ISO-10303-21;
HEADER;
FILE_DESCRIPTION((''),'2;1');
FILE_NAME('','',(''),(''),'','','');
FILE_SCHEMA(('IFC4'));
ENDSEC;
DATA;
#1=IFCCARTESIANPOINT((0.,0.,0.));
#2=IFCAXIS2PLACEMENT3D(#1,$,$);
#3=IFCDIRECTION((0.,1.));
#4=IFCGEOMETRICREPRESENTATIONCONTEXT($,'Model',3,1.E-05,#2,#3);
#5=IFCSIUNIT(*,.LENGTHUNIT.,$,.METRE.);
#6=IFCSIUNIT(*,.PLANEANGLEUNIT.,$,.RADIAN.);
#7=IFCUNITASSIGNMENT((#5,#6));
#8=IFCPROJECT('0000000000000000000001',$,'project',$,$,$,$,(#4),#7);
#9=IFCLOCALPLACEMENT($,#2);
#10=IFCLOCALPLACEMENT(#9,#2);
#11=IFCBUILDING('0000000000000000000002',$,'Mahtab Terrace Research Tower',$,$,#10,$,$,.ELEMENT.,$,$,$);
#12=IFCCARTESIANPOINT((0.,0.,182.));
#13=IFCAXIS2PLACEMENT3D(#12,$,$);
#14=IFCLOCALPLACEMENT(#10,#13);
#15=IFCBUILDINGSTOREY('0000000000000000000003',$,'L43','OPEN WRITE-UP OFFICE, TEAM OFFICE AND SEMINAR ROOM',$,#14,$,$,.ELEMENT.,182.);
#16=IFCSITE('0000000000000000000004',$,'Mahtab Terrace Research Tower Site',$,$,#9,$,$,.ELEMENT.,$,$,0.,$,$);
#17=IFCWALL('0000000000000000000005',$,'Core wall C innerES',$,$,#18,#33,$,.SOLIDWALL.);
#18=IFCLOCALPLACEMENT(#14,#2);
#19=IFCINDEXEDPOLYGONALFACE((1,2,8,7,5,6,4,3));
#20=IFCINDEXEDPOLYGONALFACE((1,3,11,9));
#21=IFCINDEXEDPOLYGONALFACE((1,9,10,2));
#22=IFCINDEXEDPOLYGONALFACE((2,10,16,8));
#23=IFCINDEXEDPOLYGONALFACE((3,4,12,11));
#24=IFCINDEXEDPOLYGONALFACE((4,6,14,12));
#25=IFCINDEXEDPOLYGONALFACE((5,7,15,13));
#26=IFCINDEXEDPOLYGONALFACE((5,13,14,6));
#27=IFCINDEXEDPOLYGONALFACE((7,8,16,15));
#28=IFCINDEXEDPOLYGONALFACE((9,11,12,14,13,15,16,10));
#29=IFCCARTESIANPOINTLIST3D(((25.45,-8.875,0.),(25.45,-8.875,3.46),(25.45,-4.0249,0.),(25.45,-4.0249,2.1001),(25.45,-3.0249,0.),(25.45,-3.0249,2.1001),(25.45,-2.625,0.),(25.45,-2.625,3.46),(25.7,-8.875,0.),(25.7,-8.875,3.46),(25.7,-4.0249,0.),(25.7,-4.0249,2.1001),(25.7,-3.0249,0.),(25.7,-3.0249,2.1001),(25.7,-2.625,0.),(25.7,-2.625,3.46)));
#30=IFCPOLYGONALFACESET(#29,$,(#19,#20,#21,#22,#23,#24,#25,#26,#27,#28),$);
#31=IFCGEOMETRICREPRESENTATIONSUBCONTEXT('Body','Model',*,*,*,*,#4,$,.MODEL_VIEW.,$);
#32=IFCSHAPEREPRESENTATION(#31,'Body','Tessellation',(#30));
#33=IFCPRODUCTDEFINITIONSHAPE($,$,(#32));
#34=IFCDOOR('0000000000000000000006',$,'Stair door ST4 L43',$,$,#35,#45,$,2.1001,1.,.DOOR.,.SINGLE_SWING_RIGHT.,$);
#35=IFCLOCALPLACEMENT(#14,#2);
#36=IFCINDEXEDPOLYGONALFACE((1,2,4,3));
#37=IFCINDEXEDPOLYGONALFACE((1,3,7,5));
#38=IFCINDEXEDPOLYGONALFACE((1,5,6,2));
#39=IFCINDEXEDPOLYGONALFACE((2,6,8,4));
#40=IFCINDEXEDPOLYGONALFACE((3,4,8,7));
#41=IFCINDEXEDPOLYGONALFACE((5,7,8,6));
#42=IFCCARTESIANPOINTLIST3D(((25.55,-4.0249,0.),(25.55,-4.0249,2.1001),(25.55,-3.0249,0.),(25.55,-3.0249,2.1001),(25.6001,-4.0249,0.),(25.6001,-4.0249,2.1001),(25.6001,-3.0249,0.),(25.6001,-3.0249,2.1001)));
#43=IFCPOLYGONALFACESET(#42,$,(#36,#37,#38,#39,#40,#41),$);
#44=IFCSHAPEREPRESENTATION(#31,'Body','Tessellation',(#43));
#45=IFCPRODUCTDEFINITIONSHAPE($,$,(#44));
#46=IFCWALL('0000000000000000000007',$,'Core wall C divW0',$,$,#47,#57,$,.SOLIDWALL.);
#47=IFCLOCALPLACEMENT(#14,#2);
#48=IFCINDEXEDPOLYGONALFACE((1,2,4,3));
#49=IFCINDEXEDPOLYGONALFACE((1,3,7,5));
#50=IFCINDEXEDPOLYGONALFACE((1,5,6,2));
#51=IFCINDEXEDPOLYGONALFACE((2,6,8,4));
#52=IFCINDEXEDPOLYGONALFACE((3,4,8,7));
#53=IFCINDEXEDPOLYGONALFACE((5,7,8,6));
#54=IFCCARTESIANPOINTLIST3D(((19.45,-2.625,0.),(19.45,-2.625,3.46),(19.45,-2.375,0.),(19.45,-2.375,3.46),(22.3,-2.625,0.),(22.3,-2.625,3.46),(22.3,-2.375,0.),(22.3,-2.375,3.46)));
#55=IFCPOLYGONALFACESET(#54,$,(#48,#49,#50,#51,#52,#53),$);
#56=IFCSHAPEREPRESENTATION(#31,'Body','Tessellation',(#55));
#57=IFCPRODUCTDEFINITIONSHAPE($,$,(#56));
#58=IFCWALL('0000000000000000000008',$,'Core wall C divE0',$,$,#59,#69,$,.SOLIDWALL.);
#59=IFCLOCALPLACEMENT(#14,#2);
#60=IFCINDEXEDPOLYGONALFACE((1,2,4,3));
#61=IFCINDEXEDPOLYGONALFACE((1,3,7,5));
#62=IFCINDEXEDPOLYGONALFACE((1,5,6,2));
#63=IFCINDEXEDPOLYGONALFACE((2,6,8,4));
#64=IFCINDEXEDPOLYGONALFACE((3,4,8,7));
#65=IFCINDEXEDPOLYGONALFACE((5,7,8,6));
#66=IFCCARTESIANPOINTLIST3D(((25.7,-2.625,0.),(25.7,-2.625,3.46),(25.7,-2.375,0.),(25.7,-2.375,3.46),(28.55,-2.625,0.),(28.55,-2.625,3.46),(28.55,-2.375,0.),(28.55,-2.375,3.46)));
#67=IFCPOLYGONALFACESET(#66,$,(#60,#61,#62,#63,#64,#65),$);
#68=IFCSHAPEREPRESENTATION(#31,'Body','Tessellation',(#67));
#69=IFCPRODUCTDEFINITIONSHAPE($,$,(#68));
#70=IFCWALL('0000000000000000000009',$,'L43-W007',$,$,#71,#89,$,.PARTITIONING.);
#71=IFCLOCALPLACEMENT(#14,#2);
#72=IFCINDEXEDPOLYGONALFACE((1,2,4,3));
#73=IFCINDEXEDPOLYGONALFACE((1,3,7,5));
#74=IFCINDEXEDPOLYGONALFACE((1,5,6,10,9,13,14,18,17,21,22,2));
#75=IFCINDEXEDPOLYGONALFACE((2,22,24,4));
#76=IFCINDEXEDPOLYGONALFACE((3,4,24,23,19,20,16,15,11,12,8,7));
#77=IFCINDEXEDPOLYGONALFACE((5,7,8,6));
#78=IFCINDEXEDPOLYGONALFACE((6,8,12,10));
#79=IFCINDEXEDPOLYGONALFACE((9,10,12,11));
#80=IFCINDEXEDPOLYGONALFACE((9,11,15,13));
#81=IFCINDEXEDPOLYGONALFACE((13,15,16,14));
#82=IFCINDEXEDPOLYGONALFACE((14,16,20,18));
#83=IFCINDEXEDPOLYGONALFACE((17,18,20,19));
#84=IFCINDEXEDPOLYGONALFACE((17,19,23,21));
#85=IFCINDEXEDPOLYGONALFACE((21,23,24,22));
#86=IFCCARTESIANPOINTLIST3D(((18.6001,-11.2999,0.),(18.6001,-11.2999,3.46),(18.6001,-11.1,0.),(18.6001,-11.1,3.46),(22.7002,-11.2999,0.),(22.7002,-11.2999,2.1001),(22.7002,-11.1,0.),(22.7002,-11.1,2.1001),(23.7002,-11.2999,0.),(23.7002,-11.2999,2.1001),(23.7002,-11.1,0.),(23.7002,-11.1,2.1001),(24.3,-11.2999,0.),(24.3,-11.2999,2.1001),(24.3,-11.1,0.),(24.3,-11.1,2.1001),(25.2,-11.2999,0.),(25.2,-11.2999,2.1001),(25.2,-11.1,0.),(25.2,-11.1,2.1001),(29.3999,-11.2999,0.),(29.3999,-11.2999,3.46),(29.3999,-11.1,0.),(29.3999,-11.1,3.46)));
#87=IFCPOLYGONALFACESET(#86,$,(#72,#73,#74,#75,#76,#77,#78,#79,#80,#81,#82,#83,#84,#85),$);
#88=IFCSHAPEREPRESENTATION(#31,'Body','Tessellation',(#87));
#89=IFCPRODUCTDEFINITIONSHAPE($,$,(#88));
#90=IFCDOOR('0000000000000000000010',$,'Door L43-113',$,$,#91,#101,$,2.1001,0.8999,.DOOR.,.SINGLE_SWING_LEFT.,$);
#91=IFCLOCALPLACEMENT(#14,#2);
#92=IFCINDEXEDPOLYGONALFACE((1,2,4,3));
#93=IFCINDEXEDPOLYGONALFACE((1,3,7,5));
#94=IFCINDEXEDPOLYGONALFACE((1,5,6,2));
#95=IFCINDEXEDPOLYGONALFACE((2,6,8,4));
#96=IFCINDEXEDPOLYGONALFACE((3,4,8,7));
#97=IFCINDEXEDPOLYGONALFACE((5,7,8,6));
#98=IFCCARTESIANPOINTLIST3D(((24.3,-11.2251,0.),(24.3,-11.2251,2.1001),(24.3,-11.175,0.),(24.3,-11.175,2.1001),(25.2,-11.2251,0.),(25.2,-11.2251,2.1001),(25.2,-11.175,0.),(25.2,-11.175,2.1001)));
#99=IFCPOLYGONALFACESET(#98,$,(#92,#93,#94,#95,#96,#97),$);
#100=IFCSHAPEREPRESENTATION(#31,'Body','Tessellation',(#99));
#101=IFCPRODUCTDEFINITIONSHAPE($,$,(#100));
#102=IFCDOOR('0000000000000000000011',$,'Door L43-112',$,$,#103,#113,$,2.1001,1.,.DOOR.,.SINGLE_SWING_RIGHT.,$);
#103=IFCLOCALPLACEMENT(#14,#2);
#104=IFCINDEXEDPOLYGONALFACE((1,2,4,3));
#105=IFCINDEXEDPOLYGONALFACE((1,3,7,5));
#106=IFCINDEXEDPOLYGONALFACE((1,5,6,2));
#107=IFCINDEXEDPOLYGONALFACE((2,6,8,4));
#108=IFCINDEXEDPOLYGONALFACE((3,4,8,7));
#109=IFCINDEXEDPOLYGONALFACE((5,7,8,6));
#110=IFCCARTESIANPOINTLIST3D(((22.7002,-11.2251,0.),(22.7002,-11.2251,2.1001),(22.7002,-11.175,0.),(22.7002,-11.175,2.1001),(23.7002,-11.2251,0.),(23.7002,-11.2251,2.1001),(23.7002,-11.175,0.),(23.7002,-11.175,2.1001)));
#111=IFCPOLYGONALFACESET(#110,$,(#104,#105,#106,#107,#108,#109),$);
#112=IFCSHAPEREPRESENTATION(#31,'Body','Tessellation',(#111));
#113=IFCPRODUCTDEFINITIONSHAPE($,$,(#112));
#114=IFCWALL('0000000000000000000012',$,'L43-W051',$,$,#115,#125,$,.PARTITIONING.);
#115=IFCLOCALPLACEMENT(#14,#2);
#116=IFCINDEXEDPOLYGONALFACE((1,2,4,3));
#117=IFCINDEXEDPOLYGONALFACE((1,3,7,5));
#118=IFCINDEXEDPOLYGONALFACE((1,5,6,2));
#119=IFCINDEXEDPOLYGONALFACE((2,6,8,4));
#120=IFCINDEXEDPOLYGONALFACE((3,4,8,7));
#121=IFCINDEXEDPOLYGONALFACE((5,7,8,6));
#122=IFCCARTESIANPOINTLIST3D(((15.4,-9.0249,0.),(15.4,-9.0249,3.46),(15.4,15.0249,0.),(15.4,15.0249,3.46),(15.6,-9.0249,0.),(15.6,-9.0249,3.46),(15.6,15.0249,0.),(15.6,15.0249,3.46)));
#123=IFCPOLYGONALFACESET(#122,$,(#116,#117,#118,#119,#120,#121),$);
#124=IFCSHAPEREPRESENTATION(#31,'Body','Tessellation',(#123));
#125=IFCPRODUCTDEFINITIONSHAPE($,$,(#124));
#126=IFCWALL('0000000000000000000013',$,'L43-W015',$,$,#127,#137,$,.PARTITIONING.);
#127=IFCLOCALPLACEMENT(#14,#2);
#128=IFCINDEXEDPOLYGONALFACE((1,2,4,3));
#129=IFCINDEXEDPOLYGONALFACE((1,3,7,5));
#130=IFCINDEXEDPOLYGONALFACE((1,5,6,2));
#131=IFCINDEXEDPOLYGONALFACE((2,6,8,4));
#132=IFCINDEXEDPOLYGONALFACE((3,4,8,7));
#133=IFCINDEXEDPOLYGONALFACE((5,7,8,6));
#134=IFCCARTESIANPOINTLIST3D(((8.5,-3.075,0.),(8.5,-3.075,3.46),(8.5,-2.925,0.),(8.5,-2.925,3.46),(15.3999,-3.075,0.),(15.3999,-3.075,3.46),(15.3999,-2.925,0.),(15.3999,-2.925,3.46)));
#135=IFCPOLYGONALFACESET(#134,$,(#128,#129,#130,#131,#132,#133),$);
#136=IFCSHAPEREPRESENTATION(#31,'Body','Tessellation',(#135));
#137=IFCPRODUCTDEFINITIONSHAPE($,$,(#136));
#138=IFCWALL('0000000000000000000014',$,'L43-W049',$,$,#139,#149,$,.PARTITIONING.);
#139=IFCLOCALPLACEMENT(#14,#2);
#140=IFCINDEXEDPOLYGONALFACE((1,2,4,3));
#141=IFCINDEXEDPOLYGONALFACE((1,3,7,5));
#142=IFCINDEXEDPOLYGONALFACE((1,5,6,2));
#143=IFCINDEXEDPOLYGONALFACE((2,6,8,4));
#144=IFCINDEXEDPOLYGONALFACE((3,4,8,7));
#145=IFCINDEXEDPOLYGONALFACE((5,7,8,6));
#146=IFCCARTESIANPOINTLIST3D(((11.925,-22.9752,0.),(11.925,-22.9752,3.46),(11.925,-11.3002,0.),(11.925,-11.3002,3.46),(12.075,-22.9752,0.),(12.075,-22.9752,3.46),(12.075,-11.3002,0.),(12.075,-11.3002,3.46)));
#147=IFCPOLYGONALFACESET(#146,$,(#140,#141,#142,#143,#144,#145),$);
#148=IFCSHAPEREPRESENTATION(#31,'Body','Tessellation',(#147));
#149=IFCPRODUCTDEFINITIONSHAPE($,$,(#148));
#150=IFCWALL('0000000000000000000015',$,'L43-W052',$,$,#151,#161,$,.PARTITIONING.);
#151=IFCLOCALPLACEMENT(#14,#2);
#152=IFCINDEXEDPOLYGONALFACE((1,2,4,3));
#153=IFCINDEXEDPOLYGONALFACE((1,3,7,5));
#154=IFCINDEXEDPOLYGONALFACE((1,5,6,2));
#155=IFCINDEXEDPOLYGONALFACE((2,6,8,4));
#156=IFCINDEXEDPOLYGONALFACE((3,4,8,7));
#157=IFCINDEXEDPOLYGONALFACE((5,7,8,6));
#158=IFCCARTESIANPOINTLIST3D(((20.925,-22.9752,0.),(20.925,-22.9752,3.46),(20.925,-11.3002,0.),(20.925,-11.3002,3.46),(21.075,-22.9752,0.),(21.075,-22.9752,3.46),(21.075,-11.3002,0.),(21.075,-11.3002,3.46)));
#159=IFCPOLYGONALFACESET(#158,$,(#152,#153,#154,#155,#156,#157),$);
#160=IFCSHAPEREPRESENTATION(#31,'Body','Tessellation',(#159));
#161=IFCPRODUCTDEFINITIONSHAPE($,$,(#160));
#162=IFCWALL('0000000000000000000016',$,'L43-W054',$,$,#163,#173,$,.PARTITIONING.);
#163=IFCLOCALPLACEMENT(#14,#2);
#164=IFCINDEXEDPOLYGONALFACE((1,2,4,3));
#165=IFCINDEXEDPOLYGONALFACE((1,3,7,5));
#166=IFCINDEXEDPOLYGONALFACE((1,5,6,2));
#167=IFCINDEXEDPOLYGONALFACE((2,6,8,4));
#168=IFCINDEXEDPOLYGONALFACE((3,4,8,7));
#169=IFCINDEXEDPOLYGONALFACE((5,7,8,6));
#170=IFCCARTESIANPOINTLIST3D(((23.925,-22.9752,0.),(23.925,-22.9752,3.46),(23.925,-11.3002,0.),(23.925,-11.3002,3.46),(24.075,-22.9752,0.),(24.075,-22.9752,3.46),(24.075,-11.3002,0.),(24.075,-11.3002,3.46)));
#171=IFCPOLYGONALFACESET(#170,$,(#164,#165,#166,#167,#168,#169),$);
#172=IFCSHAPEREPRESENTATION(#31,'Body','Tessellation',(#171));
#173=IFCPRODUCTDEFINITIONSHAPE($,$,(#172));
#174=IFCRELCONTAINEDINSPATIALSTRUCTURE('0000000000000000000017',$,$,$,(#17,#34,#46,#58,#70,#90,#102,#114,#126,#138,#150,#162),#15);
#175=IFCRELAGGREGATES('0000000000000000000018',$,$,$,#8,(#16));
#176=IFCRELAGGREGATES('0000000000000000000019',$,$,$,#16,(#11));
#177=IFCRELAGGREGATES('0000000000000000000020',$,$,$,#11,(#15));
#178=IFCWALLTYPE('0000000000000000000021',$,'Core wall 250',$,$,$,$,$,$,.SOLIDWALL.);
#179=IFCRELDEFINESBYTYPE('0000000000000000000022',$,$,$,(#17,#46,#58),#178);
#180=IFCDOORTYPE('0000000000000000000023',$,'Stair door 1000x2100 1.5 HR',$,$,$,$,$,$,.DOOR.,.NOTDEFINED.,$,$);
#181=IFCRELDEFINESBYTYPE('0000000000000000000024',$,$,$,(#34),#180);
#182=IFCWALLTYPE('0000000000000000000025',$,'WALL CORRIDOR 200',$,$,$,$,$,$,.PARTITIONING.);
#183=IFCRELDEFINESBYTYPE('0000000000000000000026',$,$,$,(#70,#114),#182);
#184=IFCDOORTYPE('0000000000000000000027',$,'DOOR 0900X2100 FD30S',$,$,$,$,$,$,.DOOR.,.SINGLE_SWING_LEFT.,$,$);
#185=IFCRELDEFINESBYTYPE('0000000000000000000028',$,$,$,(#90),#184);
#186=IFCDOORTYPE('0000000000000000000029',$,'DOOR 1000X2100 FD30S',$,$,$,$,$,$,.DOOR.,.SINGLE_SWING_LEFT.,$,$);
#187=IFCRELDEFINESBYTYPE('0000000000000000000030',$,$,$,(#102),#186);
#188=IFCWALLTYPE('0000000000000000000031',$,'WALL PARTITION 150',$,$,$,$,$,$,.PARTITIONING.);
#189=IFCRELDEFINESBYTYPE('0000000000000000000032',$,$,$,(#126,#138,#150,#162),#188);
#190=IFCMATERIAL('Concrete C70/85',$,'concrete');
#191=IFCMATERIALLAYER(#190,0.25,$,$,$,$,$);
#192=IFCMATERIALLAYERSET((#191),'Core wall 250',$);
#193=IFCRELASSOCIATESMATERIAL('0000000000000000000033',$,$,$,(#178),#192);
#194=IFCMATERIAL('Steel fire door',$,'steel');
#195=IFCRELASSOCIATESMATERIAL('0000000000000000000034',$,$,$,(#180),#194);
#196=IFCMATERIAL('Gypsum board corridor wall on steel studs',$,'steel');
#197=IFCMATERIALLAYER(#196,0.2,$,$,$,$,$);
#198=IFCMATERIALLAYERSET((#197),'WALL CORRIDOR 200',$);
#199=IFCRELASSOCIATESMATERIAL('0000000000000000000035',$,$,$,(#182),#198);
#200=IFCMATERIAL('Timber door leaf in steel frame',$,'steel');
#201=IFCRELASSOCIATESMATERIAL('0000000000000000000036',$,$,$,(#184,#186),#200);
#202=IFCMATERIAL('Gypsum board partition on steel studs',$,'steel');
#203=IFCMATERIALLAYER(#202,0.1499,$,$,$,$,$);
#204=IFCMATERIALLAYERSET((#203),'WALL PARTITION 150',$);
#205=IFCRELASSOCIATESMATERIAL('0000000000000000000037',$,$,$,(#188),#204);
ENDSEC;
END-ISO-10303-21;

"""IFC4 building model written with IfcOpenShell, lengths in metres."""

from ifc_helpers import new_model, si_unit, direction, frame, frame_2d, origin, place, context, subcontext, project, spatial, rectangle, extrude, material, layer, layer_set, type_object, element, fill, save


model = new_model("IFC4")

# Units and contexts
model_context = context("Model", 3, precision=1e-05, world=origin(), true_north=direction((0.0, 1.0)))
body_context = subcontext(model_context, "Body", "Model", "MODEL_VIEW")
ifc_project = project(units=[si_unit("LENGTHUNIT", "METRE"), si_unit("PLANEANGLEUNIT", "RADIAN")], contexts=[model_context])

# Site, building, storey
site_placement = place(None, origin())
site = spatial("IfcSite", under=ifc_project, at=site_placement, Name="Mahtab Terrace Research Tower Site", CompositionType="ELEMENT", RefElevation=0.0)
building_placement = place(site_placement, origin())
building = spatial("IfcBuilding", under=site, at=building_placement, Name="Mahtab Terrace Research Tower", CompositionType="ELEMENT")
storey_placement = place(building_placement, frame((0.0, 0.0, 182.0)))
storey = spatial("IfcBuildingStorey", under=building, at=storey_placement, Name="L43", Description="OPEN WRITE-UP OFFICE, TEAM OFFICE AND SEMINAR ROOM", CompositionType="ELEMENT", Elevation=182.0)

# Shared definitions
ifc_material_1 = material(Name="Concrete C70/85", Category="concrete")

# Shared definitions
ifc_layer_1 = layer(ifc_material_1, 0.25)
ifc_layer_set_1 = layer_set([ifc_layer_1], Name="Core wall 250")
wall_type_1 = type_object("IfcWallType", Name="Core wall 250", PredefinedType="SOLIDWALL", material=ifc_layer_set_1)
ifc_material_2 = material(Name="Steel fire door", Category="steel")

# Wall, opening, door
wall_1_placement = place(storey_placement, frame((25.575, -8.875, 0.0), z_axis=(0.0, 0.0, 1.0), x_axis=(0.0, 1.0, 0.0)))
wall_1 = element("IfcWall", 1, at=wall_1_placement, inside=storey, type_object=wall_type_1, Name="Core wall C innerES", PredefinedType="SOLIDWALL", context=body_context, shape_type="SweptSolid", body=[
    extrude(rectangle(XDim=6.25, YDim=0.25, at=frame_2d((3.125, 0.0))), origin(), (0.0, 0.0, 1.0), 3.46),
])
opening_1_placement = place(wall_1_placement, frame((4.8501, 0.0, 0.0)))
opening_1 = element("IfcOpeningElement", 2, at=opening_1_placement, cuts=wall_1, PredefinedType="OPENING", context=body_context, shape_type="SweptSolid", body=[
    extrude(rectangle(XDim=1.0, YDim=2.1001, at=frame_2d((0.5, 1.05))), frame((0.0, 0.135, 0.0), z_axis=(0.0, -1.0, 0.0), x_axis=(1.0, 0.0, 0.0)), (0.0, 0.0, 1.0), 0.27),
])
door_type_1 = type_object("IfcDoorType", Name="Stair door 1000x2100 1.5 HR", OperationType="NOTDEFINED", PredefinedType="DOOR", material=ifc_material_2)
door_1_placement = place(opening_1_placement, origin())
door_1 = element("IfcDoor", 3, at=door_1_placement, inside=storey, type_object=door_type_1, Name="Stair door ST4 L43", OperationType="SINGLE_SWING_RIGHT", OverallHeight=2.1001, OverallWidth=1.0, PredefinedType="DOOR", context=body_context, shape_type="SweptSolid", body=[
    extrude(rectangle(XDim=1.0, YDim=2.1001, at=frame_2d((0.5, 1.05))), frame((0.0, 0.0249, 0.0), z_axis=(0.0, -1.0, 0.0), x_axis=(1.0, 0.0, 0.0)), (0.0, 0.0, 1.0), 0.05),
])
fill(opening_1, door_1)

# Walls
for number, where, z_axis, x_axis, name in (
    (4, (19.45, -2.5, 0.0), (0.0, 0.0, 1.0), (1.0, 0.0, 0.0), "Core wall C divW0"),
    (5, (25.7, -2.5, 0.0), (0.0, 0.0, 1.0), (1.0, 0.0, 0.0), "Core wall C divE0"),
):
    element("IfcWall", number, at=place(storey_placement, frame(where, z_axis=z_axis, x_axis=x_axis)), inside=storey, type_object=wall_type_1, Name=name, PredefinedType="SOLIDWALL", context=body_context, shape_type="SweptSolid", body=[
        extrude(rectangle(XDim=2.8501, YDim=0.25, at=frame_2d((1.425, 0.0))), origin(), (0.0, 0.0, 1.0), 3.46),
    ])

# Wall, openings, doors
ifc_material_3 = material(Name="Gypsum board corridor wall on steel studs", Category="steel")
ifc_layer_2 = layer(ifc_material_3, 0.2)
ifc_layer_set_2 = layer_set([ifc_layer_2], Name="WALL CORRIDOR 200")
wall_type_2 = type_object("IfcWallType", Name="WALL CORRIDOR 200", PredefinedType="PARTITIONING", material=ifc_layer_set_2)
wall_2_placement = place(storey_placement, frame((18.6001, -11.2, 0.0), z_axis=(0.0, 0.0, 1.0), x_axis=(1.0, 0.0, 0.0)))
wall_2 = element("IfcWall", 6, at=wall_2_placement, inside=storey, type_object=wall_type_2, Name="L43-W007", PredefinedType="PARTITIONING", context=body_context, shape_type="SweptSolid", body=[
    extrude(rectangle(XDim=10.7998, YDim=0.2, at=frame_2d((5.3999, 0.0))), origin(), (0.0, 0.0, 1.0), 3.46),
])
opening_2_placement = place(wall_2_placement, frame((4.1001, 0.0, 0.0)))
opening_2 = element("IfcOpeningElement", 7, at=opening_2_placement, cuts=wall_2, PredefinedType="OPENING", context=body_context, shape_type="SweptSolid", body=[
    extrude(rectangle(XDim=1.0, YDim=2.1001, at=frame_2d((0.5, 1.05))), frame((0.0, 0.1099, 0.0), z_axis=(0.0, -1.0, 0.0), x_axis=(1.0, 0.0, 0.0)), (0.0, 0.0, 1.0), 0.22),
])
opening_3_placement = place(wall_2_placement, frame((5.7, 0.0, 0.0)))
opening_3 = element("IfcOpeningElement", 8, at=opening_3_placement, cuts=wall_2, PredefinedType="OPENING", context=body_context, shape_type="SweptSolid", body=[
    extrude(rectangle(XDim=0.8999, YDim=2.1001, at=frame_2d((0.45, 1.05))), frame((0.0, 0.1099, 0.0), z_axis=(0.0, -1.0, 0.0), x_axis=(1.0, 0.0, 0.0)), (0.0, 0.0, 1.0), 0.22),
])
ifc_material_4 = material(Name="Timber door leaf in steel frame", Category="steel")
door_type_2 = type_object("IfcDoorType", Name="DOOR 0900X2100 FD30S", OperationType="SINGLE_SWING_LEFT", PredefinedType="DOOR", material=ifc_material_4)
door_2_placement = place(opening_3_placement, origin())
door_2 = element("IfcDoor", 9, at=door_2_placement, inside=storey, type_object=door_type_2, Name="Door L43-113", OperationType="SINGLE_SWING_LEFT", OverallHeight=2.1001, OverallWidth=0.8999, PredefinedType="DOOR", context=body_context, shape_type="SweptSolid", body=[
    extrude(rectangle(XDim=0.8999, YDim=2.1001, at=frame_2d((0.45, 1.05))), frame((0.0, 0.0249, 0.0), z_axis=(0.0, -1.0, 0.0), x_axis=(1.0, 0.0, 0.0)), (0.0, 0.0, 1.0), 0.05),
])
fill(opening_3, door_2)
door_type_3 = type_object("IfcDoorType", Name="DOOR 1000X2100 FD30S", OperationType="SINGLE_SWING_LEFT", PredefinedType="DOOR", material=ifc_material_4)
door_3_placement = place(opening_2_placement, origin())
door_3 = element("IfcDoor", 10, at=door_3_placement, inside=storey, type_object=door_type_3, Name="Door L43-112", OperationType="SINGLE_SWING_RIGHT", OverallHeight=2.1001, OverallWidth=1.0, PredefinedType="DOOR", context=body_context, shape_type="SweptSolid", body=[
    extrude(rectangle(XDim=1.0, YDim=2.1001, at=frame_2d((0.5, 1.05))), frame((0.0, 0.0249, 0.0), z_axis=(0.0, -1.0, 0.0), x_axis=(1.0, 0.0, 0.0)), (0.0, 0.0, 1.0), 0.05),
])
fill(opening_2, door_3)

# Walls
wall_3_placement = place(storey_placement, frame((15.5, -9.0249, 0.0), z_axis=(0.0, 0.0, 1.0), x_axis=(0.0, 1.0, 0.0)))
element("IfcWall", 11, at=wall_3_placement, inside=storey, type_object=wall_type_2, Name="L43-W051", PredefinedType="PARTITIONING", context=body_context, shape_type="SweptSolid", body=[
    extrude(rectangle(XDim=24.0498, YDim=0.2, at=frame_2d((12.0249, 0.0))), origin(), (0.0, 0.0, 1.0), 3.46),
])
ifc_material_5 = material(Name="Gypsum board partition on steel studs", Category="steel")
ifc_layer_3 = layer(ifc_material_5, 0.1499)
ifc_layer_set_3 = layer_set([ifc_layer_3], Name="WALL PARTITION 150")
wall_type_3 = type_object("IfcWallType", Name="WALL PARTITION 150", PredefinedType="PARTITIONING", material=ifc_layer_set_3)
wall_4_placement = place(storey_placement, frame((8.5, -3.0, 0.0), z_axis=(0.0, 0.0, 1.0), x_axis=(1.0, 0.0, 0.0)))
element("IfcWall", 12, at=wall_4_placement, inside=storey, type_object=wall_type_3, Name="L43-W015", PredefinedType="PARTITIONING", context=body_context, shape_type="SweptSolid", body=[
    extrude(rectangle(XDim=6.8999, YDim=0.1499, at=frame_2d((3.45, 0.0))), origin(), (0.0, 0.0, 1.0), 3.46),
])
for number, where, z_axis, x_axis, name in (
    (13, (12.0, -22.9751, 0.0), (0.0, 0.0, 1.0), (0.0, 1.0, 0.0), "L43-W049"),
    (14, (21.0, -22.9751, 0.0), (0.0, 0.0, 1.0), (0.0, 1.0, 0.0), "L43-W052"),
    (15, (24.0, -22.9751, 0.0), (0.0, 0.0, 1.0), (0.0, 1.0, 0.0), "L43-W054"),
):
    element("IfcWall", number, at=place(storey_placement, frame(where, z_axis=z_axis, x_axis=x_axis)), inside=storey, type_object=wall_type_3, Name=name, PredefinedType="PARTITIONING", context=body_context, shape_type="SweptSolid", body=[
        extrude(rectangle(XDim=11.675, YDim=0.1499, at=frame_2d((5.8374, 0.0))), origin(), (0.0, 0.0, 1.0), 3.46),
    ])

save(model, "model.ifc")
